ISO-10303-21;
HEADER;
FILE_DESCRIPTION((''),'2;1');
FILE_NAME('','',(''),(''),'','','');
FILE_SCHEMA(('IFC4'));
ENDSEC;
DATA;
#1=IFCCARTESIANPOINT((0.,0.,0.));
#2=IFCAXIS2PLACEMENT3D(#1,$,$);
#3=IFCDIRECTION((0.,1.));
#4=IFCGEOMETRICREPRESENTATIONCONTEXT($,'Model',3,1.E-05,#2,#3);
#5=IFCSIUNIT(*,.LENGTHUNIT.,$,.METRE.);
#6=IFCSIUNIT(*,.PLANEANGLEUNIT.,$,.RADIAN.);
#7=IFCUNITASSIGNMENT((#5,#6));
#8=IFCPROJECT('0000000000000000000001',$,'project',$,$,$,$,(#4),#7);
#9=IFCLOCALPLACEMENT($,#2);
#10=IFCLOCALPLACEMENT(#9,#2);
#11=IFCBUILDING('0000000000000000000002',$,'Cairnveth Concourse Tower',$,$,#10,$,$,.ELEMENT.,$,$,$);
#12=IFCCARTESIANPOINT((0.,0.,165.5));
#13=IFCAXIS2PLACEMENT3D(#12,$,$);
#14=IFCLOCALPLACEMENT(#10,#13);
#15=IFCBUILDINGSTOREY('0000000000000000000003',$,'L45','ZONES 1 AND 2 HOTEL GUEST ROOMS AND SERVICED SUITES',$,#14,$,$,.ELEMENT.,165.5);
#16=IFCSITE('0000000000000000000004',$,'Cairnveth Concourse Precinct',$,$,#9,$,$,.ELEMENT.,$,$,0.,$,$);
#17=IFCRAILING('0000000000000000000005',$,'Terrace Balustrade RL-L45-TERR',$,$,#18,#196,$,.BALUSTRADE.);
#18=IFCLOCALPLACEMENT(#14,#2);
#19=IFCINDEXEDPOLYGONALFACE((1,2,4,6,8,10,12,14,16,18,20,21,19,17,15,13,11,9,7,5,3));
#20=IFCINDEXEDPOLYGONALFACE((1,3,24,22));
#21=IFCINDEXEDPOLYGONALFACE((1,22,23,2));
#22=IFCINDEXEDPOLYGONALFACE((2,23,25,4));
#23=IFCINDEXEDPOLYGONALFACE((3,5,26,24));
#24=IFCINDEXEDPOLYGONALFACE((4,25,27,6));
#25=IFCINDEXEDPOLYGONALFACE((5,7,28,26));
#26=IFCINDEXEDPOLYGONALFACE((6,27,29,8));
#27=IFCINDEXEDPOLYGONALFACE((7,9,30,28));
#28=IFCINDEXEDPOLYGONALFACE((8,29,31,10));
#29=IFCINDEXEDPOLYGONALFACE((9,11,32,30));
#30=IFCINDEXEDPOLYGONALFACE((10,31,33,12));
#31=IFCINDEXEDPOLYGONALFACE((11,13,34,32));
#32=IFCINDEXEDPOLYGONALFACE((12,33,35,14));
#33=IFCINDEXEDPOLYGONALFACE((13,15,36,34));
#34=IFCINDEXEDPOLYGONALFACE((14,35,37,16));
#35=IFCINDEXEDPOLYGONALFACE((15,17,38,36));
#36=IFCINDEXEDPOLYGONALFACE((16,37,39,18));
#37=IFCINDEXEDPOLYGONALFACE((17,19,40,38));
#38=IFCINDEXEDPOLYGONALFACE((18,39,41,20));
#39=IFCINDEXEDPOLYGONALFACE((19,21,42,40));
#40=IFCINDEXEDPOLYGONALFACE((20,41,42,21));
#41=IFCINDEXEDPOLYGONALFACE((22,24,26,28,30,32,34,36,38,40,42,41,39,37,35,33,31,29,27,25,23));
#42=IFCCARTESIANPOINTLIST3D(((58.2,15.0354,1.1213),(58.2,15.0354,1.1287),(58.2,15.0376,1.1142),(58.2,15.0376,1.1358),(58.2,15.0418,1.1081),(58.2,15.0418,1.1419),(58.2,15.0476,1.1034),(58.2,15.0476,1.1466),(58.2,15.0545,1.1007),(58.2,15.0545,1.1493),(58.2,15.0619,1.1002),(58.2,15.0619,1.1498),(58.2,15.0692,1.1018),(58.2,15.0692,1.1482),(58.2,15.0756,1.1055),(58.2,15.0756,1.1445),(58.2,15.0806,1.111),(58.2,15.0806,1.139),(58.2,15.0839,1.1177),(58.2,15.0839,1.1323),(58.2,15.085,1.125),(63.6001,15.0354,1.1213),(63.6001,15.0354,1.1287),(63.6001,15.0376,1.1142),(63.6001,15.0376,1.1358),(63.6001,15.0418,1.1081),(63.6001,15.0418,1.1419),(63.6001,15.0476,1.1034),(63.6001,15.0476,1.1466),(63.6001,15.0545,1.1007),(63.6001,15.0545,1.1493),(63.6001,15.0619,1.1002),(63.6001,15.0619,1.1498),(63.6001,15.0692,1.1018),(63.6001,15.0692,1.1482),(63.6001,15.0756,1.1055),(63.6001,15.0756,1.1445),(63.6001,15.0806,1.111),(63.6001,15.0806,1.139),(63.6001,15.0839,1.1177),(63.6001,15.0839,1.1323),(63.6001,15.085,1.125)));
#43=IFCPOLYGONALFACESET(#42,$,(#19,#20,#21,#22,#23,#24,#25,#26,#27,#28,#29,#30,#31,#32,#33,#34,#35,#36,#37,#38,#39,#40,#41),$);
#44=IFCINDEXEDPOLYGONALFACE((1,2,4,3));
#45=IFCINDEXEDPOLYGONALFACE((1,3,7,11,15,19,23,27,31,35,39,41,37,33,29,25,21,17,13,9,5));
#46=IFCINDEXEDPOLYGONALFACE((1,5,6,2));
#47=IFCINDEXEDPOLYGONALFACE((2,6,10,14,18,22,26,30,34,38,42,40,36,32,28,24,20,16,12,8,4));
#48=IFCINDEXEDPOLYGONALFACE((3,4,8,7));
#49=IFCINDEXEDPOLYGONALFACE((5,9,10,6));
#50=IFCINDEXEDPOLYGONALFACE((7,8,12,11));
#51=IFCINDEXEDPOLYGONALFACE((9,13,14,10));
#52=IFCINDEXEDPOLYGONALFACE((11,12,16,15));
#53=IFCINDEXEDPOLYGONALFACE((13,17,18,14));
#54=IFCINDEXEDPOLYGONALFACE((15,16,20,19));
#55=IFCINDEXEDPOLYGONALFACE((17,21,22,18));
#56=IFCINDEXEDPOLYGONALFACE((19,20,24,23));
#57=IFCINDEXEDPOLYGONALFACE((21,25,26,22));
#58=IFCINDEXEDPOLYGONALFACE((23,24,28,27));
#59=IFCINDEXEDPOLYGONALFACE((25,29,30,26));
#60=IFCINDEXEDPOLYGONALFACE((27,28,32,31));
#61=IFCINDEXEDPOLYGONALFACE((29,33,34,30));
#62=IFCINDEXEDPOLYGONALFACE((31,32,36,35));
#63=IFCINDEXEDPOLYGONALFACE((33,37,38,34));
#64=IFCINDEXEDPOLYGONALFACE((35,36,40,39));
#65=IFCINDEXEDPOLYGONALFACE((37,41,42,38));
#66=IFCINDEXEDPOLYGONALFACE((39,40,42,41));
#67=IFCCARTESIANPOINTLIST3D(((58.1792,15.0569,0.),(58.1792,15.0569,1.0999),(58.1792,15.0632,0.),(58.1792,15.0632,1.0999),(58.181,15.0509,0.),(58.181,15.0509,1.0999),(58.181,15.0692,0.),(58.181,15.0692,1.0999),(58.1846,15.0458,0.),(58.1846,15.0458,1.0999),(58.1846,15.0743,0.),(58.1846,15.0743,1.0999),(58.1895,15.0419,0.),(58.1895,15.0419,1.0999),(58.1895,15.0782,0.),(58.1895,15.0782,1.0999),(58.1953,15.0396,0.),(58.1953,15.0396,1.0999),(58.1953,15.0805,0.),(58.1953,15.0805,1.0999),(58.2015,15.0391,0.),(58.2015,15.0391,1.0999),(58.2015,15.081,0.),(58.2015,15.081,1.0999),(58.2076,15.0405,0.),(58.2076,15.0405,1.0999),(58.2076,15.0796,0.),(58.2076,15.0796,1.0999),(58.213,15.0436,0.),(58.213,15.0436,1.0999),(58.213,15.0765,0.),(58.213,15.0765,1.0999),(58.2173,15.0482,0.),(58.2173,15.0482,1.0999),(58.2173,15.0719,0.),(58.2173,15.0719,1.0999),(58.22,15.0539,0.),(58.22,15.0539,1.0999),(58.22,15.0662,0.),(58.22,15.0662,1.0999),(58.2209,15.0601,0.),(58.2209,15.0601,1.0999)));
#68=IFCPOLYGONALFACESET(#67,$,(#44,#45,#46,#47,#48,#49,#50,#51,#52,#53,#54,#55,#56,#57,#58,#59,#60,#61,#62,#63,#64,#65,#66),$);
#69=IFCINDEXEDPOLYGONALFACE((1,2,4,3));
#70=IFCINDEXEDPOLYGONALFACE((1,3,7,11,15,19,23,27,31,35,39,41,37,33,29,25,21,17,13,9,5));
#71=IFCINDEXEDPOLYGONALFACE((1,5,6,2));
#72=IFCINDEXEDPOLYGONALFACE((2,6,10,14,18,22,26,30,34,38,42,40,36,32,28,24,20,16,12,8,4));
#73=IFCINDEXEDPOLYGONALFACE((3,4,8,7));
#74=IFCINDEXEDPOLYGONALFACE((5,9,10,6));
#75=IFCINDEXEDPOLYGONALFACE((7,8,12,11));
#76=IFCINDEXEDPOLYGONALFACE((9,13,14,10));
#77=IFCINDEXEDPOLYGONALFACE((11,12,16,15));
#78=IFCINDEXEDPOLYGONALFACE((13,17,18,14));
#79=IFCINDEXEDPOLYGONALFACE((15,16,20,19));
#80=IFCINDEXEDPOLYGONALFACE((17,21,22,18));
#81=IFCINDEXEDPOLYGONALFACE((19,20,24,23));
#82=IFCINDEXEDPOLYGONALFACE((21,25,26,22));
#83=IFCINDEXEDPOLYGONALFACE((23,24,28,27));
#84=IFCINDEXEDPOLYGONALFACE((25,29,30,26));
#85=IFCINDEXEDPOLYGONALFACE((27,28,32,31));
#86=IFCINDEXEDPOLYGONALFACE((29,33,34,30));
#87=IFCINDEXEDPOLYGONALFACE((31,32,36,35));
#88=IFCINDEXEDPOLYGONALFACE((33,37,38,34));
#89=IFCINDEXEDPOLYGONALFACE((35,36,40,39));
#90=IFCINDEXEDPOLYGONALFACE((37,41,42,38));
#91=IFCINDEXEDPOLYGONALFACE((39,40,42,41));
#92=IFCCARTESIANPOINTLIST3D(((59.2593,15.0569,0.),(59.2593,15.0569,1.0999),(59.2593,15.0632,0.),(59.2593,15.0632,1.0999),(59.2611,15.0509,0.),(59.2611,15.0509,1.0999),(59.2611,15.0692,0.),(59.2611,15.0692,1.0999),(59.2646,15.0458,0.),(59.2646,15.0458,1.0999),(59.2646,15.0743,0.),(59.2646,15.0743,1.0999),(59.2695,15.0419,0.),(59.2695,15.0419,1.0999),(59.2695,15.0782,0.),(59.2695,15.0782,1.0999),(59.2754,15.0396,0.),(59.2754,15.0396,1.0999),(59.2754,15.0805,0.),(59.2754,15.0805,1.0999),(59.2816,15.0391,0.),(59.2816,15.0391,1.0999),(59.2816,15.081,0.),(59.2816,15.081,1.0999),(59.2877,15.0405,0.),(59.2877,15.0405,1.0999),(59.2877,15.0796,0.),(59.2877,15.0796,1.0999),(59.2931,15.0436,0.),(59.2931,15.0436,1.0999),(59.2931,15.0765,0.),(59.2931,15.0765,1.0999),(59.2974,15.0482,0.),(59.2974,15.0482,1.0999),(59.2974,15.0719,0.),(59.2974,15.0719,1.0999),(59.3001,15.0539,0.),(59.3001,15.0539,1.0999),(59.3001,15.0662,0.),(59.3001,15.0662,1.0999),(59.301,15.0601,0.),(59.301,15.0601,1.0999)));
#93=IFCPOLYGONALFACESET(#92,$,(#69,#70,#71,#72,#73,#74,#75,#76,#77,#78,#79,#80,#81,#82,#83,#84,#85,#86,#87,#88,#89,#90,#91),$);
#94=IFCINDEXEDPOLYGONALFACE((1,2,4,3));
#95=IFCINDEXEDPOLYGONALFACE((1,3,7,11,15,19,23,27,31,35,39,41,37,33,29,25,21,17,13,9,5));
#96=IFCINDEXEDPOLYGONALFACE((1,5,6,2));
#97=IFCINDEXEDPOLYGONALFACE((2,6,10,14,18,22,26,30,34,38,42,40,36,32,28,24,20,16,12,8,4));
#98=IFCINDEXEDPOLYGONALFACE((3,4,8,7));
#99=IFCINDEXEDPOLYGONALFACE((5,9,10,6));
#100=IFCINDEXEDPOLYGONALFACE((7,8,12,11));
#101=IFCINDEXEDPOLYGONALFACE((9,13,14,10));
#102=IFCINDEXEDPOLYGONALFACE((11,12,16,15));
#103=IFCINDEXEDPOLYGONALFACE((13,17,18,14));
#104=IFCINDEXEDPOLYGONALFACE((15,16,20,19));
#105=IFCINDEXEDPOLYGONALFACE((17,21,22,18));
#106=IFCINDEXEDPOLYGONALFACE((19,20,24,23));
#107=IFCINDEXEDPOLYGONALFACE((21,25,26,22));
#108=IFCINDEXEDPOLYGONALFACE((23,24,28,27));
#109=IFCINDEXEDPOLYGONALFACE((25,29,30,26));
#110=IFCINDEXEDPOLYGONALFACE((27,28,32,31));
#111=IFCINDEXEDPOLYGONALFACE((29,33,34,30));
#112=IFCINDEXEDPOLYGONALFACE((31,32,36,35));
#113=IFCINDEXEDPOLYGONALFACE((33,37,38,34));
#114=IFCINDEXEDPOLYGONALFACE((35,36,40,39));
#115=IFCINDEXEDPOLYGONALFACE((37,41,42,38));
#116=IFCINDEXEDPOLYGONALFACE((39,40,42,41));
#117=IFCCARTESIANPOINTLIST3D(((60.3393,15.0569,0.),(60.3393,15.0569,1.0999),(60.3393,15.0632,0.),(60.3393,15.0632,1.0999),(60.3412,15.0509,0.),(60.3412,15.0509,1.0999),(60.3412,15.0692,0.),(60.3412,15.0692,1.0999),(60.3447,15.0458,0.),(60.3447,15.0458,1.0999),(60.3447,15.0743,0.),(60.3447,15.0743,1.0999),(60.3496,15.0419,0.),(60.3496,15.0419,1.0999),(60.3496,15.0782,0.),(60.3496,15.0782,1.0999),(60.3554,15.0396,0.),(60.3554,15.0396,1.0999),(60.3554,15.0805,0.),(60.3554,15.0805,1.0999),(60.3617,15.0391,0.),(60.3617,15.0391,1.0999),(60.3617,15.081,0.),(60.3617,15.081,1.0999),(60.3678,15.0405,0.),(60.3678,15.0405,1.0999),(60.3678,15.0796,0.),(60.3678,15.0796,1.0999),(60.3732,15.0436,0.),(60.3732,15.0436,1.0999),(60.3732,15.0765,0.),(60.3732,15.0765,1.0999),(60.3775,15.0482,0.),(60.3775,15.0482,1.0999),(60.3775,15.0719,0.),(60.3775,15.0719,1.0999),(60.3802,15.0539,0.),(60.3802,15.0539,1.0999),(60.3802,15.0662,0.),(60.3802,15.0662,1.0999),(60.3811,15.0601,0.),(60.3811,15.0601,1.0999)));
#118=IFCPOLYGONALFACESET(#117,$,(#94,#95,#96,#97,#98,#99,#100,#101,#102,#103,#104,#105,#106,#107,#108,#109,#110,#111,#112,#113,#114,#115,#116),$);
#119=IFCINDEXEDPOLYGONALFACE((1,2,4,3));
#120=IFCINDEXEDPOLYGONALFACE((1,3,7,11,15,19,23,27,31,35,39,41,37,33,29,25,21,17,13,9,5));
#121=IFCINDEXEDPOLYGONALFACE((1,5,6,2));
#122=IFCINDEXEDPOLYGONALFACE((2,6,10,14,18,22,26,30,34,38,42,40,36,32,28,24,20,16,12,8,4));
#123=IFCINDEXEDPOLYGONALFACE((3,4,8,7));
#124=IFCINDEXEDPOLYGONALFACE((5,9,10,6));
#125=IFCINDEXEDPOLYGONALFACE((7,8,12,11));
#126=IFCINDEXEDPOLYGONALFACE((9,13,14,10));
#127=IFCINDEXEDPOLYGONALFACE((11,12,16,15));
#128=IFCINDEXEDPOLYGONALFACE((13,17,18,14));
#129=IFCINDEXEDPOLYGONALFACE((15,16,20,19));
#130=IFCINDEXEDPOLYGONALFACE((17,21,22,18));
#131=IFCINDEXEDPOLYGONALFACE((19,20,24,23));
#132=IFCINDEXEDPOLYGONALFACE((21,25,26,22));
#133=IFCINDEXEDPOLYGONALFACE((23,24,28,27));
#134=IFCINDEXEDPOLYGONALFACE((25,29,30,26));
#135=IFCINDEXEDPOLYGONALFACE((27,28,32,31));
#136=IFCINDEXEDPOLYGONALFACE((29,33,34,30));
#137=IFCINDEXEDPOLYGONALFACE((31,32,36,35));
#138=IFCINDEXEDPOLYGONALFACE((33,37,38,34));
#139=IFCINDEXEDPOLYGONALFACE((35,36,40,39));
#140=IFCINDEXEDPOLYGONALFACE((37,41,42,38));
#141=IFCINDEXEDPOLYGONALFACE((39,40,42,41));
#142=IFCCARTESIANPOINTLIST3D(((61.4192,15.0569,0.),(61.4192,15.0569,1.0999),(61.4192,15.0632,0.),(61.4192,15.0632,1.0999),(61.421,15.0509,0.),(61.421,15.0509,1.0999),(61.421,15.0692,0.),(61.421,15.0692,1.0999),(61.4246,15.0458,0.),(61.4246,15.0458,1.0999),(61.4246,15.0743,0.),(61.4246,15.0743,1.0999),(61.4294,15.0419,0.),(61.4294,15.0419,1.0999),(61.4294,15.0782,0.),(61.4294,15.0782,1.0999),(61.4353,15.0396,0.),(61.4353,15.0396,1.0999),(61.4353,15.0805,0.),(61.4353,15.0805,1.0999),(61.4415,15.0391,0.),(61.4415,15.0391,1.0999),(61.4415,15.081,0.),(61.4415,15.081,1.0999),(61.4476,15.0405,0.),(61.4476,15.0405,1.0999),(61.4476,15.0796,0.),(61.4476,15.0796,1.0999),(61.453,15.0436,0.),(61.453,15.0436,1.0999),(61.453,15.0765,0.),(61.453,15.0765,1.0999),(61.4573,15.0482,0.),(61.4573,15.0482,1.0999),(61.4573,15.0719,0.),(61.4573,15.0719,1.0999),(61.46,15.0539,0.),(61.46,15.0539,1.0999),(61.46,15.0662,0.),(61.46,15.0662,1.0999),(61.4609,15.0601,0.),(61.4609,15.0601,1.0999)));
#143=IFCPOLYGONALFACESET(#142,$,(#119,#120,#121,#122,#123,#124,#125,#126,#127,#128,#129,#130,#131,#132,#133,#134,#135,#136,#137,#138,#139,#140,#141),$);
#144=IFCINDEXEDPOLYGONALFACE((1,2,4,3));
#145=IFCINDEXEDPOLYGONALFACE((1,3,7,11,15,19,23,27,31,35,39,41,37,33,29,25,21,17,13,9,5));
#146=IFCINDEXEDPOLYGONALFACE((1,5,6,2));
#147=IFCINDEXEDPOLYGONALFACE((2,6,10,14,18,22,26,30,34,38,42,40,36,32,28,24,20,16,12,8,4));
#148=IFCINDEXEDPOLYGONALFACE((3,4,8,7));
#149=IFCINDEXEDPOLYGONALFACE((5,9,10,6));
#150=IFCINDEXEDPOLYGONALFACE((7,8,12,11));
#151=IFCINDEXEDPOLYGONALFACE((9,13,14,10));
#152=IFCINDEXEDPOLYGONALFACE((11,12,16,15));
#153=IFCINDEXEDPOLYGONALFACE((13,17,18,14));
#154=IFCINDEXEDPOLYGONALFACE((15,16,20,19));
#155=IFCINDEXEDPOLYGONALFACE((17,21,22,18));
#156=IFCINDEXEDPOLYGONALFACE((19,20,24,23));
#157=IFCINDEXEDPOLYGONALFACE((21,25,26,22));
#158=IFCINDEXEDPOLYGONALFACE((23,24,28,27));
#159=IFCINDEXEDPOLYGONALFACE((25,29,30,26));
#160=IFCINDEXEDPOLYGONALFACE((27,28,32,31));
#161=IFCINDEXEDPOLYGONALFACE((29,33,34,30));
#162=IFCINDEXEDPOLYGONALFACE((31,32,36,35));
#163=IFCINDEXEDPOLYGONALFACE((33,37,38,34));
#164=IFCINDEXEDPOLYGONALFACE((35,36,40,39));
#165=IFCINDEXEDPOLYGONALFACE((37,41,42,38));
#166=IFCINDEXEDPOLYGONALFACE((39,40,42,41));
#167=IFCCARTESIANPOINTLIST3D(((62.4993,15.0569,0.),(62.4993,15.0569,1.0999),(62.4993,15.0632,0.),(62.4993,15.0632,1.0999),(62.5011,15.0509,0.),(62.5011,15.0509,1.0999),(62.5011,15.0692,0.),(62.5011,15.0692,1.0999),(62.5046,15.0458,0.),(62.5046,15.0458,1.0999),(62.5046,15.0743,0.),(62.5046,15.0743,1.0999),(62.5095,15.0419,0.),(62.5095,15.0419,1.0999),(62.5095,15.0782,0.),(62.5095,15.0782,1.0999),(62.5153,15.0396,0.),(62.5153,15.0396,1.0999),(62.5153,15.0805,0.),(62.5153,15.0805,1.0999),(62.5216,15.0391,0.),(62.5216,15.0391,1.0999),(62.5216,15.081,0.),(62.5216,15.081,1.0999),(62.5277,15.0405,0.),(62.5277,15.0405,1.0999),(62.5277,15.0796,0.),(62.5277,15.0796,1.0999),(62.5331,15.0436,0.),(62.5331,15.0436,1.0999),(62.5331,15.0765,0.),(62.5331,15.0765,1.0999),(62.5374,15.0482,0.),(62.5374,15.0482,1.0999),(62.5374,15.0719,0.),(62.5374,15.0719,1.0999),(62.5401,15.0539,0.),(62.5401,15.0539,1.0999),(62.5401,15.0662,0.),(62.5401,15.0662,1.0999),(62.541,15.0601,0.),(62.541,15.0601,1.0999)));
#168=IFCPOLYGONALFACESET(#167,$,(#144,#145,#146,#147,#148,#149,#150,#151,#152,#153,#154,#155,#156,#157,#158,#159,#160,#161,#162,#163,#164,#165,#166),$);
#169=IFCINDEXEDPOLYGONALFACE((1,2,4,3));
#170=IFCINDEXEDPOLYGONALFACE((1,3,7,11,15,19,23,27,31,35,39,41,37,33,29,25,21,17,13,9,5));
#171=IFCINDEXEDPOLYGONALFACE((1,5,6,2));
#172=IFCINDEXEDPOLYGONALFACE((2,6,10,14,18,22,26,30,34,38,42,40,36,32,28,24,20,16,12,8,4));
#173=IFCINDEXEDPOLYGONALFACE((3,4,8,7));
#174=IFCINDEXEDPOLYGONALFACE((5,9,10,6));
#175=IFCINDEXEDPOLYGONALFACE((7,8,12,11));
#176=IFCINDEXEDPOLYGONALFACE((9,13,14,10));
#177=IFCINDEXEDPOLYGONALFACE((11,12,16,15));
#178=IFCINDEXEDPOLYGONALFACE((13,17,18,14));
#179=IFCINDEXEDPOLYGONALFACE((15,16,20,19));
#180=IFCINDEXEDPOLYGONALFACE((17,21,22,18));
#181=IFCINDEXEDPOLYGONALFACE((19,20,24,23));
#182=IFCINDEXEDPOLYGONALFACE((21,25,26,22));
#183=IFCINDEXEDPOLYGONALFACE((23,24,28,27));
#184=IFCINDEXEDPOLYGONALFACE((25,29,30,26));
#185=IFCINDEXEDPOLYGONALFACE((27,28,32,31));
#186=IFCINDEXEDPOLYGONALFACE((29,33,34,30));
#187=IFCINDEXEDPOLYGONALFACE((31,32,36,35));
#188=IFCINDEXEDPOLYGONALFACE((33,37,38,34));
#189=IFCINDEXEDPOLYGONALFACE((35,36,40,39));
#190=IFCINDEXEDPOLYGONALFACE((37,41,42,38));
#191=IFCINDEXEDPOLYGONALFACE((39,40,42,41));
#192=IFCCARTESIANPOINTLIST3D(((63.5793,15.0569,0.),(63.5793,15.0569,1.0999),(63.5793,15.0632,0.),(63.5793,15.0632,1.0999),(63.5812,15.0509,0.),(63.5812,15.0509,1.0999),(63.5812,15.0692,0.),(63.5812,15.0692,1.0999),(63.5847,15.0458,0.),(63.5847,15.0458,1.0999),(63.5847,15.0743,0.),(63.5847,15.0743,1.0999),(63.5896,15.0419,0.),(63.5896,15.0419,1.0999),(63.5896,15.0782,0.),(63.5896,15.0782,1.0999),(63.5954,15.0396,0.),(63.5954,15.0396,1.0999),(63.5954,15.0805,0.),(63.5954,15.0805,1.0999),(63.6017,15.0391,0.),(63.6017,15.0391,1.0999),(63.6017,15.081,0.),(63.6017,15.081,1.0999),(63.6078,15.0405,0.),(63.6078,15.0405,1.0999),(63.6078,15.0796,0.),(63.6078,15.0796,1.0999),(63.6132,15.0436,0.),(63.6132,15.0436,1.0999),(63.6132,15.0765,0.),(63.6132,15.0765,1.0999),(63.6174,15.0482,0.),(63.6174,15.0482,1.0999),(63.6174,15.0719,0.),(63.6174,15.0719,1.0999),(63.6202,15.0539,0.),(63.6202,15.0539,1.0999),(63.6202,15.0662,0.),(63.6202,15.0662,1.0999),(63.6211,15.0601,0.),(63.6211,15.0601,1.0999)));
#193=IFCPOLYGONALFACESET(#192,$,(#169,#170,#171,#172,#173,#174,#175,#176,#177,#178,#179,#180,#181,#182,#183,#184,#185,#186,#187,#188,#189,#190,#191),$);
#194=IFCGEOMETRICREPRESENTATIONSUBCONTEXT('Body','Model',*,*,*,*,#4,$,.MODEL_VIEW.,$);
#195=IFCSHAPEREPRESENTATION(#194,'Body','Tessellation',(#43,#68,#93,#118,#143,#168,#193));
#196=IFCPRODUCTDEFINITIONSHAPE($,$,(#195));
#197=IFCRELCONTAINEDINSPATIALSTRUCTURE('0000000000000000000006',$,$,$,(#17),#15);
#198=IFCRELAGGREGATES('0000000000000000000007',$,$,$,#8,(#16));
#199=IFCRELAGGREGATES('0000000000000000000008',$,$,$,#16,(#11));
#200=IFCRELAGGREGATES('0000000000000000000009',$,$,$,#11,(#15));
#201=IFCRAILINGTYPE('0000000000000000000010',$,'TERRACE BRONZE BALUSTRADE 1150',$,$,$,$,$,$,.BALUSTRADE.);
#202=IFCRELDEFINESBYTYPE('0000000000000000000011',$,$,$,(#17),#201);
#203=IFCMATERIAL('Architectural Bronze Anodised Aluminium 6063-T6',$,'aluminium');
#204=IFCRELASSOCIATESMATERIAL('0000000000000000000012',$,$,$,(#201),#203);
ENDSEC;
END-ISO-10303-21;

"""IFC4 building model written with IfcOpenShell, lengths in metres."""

from ifc_helpers import new_model, si_unit, direction, frame, origin, origin_2d, place, context, subcontext, project, spatial, circle, extrude, material, type_object, element, save


model = new_model("IFC4")

# Units and contexts
model_context = context("Model", 3, precision=1e-05, world=origin(), true_north=direction((0.0, 1.0)))
body_context = subcontext(model_context, "Body", "Model", "MODEL_VIEW")
ifc_project = project(units=[si_unit("LENGTHUNIT", "METRE"), si_unit("PLANEANGLEUNIT", "RADIAN")], contexts=[model_context])

# Site, building, storey
site_placement = place(None, origin())
site = spatial("IfcSite", under=ifc_project, at=site_placement, Name="Cairnveth Concourse Precinct", CompositionType="ELEMENT", RefElevation=0.0)
building_placement = place(site_placement, origin())
building = spatial("IfcBuilding", under=site, at=building_placement, Name="Cairnveth Concourse Tower", CompositionType="ELEMENT")
storey_placement = place(building_placement, frame((0.0, 0.0, 165.5)))
storey = spatial("IfcBuildingStorey", under=building, at=storey_placement, Name="L45", Description="ZONES 1 AND 2 HOTEL GUEST ROOMS AND SERVICED SUITES", CompositionType="ELEMENT", Elevation=165.5)

# Shared definitions
ifc_material_1 = material(Name="Architectural Bronze Anodised Aluminium 6063-T6", Category="aluminium")

# Railing
railing_type = type_object("IfcRailingType", Name="TERRACE BRONZE BALUSTRADE 1150", PredefinedType="BALUSTRADE", material=ifc_material_1)
railing_placement = place(storey_placement, frame((58.2, 15.0601, 0.0)))
element("IfcRailing", 1, at=railing_placement, inside=storey, type_object=railing_type, Name="Terrace Balustrade RL-L45-TERR", PredefinedType="BALUSTRADE", context=body_context, shape_type="SweptSolid", body=[
    extrude(circle(Radius=0.0249, at=origin_2d()), frame((0.0, 0.0, 1.125), z_axis=(1.0, 0.0, 0.0), x_axis=(0.0, 1.0, 0.0)), (0.0, 0.0, 1.0), 5.4001),
    extrude(circle(Radius=0.021, at=origin_2d()), origin(), (0.0, 0.0, 1.0), 1.0999),
    extrude(circle(Radius=0.021, at=origin_2d()), frame((1.0801, 0.0, 0.0)), (0.0, 0.0, 1.0), 1.0999),
    extrude(circle(Radius=0.021, at=origin_2d()), frame((2.1602, 0.0, 0.0)), (0.0, 0.0, 1.0), 1.0999),
    extrude(circle(Radius=0.021, at=origin_2d()), frame((3.24, 0.0, 0.0)), (0.0, 0.0, 1.0), 1.0999),
    extrude(circle(Radius=0.021, at=origin_2d()), frame((4.3201, 0.0, 0.0)), (0.0, 0.0, 1.0), 1.0999),
    extrude(circle(Radius=0.021, at=origin_2d()), frame((5.4001, 0.0, 0.0)), (0.0, 0.0, 1.0), 1.0999),
])

save(model, "model.ifc")
